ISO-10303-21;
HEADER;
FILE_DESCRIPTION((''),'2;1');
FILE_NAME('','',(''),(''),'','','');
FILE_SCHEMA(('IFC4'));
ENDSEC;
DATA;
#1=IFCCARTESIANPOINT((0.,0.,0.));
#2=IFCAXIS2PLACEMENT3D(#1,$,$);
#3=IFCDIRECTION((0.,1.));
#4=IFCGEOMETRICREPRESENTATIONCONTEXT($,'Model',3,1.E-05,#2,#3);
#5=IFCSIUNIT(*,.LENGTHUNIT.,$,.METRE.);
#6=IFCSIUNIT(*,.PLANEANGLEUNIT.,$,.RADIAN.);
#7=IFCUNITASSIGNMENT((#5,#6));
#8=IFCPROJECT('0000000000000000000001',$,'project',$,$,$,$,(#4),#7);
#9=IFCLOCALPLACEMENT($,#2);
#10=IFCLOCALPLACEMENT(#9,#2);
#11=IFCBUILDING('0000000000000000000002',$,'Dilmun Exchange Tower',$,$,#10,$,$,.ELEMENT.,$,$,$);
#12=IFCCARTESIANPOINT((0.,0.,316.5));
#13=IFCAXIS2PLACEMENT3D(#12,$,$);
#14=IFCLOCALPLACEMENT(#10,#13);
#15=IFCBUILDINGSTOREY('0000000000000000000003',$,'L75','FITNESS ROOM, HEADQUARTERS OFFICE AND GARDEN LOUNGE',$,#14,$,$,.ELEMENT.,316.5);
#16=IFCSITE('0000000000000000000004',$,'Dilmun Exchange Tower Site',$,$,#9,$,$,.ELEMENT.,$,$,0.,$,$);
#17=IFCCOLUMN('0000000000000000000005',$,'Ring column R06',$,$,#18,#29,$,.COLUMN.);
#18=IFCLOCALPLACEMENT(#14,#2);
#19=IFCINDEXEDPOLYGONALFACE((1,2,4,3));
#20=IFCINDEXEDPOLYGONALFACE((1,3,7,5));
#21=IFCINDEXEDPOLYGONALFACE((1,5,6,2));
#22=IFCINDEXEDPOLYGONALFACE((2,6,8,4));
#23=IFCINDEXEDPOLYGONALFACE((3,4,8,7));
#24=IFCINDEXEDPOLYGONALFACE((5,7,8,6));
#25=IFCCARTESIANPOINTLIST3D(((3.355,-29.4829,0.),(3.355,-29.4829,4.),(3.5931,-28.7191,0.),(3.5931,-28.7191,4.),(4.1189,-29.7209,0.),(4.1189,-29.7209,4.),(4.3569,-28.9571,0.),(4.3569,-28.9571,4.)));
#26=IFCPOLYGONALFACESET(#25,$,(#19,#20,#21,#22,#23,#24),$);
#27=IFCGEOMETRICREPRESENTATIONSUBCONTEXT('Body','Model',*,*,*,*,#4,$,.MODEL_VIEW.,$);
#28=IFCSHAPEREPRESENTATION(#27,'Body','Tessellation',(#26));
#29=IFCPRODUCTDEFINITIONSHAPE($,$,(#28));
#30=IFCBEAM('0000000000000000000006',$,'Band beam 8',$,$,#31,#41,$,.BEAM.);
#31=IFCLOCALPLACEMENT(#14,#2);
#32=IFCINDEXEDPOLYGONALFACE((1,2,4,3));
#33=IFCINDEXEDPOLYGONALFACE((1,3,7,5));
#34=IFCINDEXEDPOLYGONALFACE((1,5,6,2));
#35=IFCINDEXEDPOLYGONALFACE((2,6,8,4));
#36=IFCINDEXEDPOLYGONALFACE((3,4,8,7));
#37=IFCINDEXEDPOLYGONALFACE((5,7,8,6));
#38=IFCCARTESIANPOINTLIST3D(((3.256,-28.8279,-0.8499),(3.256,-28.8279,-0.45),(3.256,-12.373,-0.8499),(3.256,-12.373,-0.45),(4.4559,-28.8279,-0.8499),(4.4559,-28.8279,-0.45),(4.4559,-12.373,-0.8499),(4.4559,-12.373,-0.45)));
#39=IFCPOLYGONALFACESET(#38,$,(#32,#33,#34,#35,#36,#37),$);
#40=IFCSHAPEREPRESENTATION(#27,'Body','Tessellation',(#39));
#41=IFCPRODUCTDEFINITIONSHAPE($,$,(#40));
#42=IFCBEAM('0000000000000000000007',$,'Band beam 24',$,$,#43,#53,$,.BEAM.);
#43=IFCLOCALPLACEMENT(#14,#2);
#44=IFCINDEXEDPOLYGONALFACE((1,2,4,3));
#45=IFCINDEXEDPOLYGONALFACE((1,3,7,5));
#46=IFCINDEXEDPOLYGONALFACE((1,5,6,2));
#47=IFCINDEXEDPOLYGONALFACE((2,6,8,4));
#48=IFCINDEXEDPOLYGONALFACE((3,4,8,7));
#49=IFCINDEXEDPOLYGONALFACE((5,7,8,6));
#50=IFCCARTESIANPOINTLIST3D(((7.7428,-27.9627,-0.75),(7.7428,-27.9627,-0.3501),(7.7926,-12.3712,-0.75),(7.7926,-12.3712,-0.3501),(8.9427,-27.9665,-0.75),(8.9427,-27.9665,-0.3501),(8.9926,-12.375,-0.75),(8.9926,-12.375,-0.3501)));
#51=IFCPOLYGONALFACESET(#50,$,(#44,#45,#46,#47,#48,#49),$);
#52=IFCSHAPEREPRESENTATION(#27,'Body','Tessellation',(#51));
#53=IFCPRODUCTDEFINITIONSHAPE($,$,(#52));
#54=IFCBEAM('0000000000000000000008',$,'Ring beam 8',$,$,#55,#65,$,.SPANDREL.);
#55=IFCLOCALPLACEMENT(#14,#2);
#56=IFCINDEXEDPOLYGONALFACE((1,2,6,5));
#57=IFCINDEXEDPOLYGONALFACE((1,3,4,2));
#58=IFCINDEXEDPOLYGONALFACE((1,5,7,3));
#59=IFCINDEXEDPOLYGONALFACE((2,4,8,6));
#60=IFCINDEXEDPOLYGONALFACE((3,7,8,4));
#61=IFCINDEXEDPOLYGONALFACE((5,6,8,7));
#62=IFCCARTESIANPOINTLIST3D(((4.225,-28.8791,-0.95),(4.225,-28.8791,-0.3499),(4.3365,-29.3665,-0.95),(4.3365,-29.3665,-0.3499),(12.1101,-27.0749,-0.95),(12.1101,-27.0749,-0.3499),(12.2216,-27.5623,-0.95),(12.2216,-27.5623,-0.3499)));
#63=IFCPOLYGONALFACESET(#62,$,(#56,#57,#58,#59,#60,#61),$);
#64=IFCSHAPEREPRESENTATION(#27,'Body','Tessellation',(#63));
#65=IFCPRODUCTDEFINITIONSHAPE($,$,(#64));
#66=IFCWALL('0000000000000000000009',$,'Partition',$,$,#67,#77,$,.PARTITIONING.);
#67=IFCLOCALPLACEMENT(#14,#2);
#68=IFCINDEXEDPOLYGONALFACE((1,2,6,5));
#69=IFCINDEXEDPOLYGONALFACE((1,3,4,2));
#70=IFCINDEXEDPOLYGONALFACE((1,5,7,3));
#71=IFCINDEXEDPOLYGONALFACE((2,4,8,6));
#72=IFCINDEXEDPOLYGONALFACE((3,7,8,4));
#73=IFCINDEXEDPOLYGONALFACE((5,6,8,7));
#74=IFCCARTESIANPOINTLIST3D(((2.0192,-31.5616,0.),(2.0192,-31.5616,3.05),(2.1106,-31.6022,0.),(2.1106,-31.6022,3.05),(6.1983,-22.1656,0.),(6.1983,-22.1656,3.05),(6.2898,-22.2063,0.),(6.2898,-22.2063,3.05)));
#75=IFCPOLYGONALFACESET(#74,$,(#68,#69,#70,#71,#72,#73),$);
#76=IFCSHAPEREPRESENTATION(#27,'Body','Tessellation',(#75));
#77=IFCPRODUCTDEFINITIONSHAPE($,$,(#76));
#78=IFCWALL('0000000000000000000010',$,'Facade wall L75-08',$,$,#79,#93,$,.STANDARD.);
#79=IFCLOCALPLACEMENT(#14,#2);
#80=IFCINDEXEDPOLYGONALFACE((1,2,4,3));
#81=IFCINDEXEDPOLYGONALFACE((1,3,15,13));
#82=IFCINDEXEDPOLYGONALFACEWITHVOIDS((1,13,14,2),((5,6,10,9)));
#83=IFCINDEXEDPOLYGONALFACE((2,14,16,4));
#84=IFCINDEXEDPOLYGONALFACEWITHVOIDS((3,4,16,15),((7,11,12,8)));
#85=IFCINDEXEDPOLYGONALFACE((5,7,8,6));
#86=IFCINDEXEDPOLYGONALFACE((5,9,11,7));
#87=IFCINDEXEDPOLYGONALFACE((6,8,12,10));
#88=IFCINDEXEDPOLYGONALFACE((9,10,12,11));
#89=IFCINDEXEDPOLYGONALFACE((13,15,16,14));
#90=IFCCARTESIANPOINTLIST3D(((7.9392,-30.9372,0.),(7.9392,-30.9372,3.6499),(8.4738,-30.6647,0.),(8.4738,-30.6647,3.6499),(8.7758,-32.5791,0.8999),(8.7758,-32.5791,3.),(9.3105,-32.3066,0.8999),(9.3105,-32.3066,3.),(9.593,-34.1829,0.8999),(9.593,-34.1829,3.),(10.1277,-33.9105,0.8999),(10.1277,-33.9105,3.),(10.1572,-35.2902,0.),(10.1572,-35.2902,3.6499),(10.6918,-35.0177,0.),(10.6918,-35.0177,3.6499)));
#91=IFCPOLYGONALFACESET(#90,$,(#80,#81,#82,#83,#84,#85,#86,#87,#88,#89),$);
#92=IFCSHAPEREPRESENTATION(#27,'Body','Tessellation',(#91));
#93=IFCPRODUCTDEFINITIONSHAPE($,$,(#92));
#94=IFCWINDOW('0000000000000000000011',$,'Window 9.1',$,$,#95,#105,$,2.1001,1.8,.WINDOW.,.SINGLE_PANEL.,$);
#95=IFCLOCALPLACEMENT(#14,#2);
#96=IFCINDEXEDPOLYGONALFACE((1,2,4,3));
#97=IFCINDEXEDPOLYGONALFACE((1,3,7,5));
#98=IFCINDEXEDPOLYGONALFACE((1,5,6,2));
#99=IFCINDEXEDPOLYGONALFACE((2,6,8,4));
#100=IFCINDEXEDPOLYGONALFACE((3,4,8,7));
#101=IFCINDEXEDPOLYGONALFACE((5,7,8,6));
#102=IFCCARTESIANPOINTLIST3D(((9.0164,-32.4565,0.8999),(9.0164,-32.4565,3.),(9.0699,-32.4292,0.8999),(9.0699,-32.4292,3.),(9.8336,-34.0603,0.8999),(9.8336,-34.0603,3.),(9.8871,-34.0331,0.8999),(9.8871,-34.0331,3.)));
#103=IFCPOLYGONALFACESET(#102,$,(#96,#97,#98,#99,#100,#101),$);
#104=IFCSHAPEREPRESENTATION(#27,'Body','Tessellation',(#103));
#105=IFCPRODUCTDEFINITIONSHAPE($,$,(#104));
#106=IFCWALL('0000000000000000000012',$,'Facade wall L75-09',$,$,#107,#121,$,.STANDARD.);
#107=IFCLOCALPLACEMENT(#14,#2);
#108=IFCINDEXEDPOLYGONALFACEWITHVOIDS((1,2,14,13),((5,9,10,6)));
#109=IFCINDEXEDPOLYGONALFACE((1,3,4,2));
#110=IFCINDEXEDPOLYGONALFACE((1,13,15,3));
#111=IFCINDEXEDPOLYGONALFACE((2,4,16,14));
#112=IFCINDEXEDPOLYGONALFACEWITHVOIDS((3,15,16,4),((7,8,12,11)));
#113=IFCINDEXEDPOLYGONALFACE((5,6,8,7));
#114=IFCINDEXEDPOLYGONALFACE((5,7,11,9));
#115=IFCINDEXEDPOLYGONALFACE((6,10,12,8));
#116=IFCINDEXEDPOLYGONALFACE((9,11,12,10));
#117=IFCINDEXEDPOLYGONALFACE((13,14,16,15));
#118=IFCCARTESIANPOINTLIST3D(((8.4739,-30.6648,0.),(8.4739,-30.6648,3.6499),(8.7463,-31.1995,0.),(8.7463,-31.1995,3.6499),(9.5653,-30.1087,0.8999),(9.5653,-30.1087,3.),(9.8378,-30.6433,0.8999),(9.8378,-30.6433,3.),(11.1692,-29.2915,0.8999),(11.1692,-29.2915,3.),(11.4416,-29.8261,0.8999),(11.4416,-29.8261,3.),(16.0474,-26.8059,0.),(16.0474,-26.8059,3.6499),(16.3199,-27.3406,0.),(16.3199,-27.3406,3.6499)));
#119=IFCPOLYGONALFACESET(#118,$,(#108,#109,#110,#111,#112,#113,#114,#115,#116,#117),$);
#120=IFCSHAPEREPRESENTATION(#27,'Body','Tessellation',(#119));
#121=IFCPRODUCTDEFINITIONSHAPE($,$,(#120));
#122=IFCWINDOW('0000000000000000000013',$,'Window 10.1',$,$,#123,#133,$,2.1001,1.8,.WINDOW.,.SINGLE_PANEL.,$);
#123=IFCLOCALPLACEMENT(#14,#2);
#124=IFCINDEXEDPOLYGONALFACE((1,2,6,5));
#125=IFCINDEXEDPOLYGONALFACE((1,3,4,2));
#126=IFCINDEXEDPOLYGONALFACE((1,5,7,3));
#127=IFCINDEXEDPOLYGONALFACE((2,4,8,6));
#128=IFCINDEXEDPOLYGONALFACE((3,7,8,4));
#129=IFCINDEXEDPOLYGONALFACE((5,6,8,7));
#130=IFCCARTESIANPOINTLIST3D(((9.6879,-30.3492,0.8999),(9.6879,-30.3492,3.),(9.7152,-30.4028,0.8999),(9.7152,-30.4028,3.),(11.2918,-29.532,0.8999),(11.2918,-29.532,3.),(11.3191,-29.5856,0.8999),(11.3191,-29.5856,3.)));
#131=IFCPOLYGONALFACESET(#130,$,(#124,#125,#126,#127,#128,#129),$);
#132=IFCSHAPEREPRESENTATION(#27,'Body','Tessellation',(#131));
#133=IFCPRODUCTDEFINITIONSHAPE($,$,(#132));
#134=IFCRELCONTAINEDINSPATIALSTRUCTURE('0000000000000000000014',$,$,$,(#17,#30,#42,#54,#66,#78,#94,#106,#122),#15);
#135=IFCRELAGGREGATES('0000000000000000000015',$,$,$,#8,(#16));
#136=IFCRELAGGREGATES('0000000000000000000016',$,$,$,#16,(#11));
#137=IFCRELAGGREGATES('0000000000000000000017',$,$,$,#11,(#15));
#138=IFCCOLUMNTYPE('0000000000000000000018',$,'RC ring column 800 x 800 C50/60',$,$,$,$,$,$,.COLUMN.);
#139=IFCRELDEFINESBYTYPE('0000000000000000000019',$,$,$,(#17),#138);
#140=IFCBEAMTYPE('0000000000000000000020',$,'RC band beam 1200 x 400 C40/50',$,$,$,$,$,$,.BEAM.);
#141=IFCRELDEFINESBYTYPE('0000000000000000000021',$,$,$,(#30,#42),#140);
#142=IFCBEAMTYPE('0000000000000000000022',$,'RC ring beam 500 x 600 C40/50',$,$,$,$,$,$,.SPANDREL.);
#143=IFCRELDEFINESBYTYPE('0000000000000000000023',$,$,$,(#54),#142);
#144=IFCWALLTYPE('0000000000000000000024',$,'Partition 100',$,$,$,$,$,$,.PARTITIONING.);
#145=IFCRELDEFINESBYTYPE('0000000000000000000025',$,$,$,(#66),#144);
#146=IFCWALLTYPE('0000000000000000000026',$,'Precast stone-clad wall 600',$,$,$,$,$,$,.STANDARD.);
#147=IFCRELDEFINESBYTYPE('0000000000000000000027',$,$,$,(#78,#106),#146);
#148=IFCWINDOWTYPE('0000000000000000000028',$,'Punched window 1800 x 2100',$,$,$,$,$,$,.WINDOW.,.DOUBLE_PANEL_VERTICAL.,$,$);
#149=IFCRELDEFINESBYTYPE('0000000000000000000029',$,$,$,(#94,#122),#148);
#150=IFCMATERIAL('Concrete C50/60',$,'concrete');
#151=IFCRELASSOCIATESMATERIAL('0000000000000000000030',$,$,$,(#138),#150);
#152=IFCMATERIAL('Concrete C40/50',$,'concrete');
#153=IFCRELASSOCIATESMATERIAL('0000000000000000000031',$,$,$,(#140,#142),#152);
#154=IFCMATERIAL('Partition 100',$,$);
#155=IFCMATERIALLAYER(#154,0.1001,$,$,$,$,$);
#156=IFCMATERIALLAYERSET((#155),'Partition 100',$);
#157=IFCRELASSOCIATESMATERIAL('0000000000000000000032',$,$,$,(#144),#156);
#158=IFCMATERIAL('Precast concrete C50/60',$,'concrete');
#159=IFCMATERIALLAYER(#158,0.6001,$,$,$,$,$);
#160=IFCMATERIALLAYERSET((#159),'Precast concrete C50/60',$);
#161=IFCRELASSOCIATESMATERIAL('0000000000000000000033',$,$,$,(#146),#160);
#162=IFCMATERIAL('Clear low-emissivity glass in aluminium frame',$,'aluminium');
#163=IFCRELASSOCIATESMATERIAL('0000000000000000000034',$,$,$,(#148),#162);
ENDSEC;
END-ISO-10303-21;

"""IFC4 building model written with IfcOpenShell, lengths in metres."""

from ifc_helpers import new_model, si_unit, direction, frame, frame_2d, origin, origin_2d, place, context, subcontext, project, spatial, rectangle, extrude, material, layer, layer_set, material_profile, profile_set, type_object, element, fill, save


model = new_model("IFC4")

# Units and contexts
model_context = context("Model", 3, precision=1e-05, world=origin(), true_north=direction((0.0, 1.0)))
body_context = subcontext(model_context, "Body", "Model", "MODEL_VIEW")
ifc_project = project(units=[si_unit("LENGTHUNIT", "METRE"), si_unit("PLANEANGLEUNIT", "RADIAN")], contexts=[model_context])

# Site, building, storey
site_placement = place(None, origin())
site = spatial("IfcSite", under=ifc_project, at=site_placement, Name="Dilmun Exchange Tower Site", CompositionType="ELEMENT", RefElevation=0.0)
building_placement = place(site_placement, origin())
building = spatial("IfcBuilding", under=site, at=building_placement, Name="Dilmun Exchange Tower", CompositionType="ELEMENT")
storey_placement = place(building_placement, frame((0.0, 0.0, 316.5)))
storey = spatial("IfcBuildingStorey", under=building, at=storey_placement, Name="L75", Description="FITNESS ROOM, HEADQUARTERS OFFICE AND GARDEN LOUNGE", CompositionType="ELEMENT", Elevation=316.5)

# Column
ifc_material_1 = material(Name="Concrete C50/60", Category="concrete")
ifc_material_profile_1 = material_profile(ifc_material_1, rectangle(XDim=0.8, YDim=0.8, at=origin_2d()), Name="800 x 800")
ifc_profile_set_1 = profile_set([ifc_material_profile_1], Name="Concrete C50/60")
column_type = type_object("IfcColumnType", Name="RC ring column 800 x 800 C50/60", PredefinedType="COLUMN", material=ifc_profile_set_1)
column_placement = place(storey_placement, frame((3.856, -29.22, 0.0), z_axis=(0.0, 0.0, 1.0), x_axis=(0.297503, 0.954721, 0.0)))
element("IfcColumn", 1, at=column_placement, inside=storey, type_object=column_type, Name="Ring column R06", PredefinedType="COLUMN", context=body_context, shape_type="SweptSolid", body=[
    extrude(rectangle(XDim=0.8, YDim=0.8, at=origin_2d()), origin(), (0.0, 0.0, 1.0), 4.0),
])

# Beams
ifc_material_2 = material(Name="Concrete C40/50", Category="concrete")
ifc_material_profile_2 = material_profile(ifc_material_2, rectangle(XDim=1.2, YDim=0.3999, at=origin_2d()), Name="1200 x 400")
ifc_profile_set_2 = profile_set([ifc_material_profile_2], Name="Concrete C40/50")
beam_type_1 = type_object("IfcBeamType", Name="RC band beam 1200 x 400 C40/50", PredefinedType="BEAM", material=ifc_profile_set_2)
beam_1_placement = place(storey_placement, frame((3.856, -28.8279, -0.6499), z_axis=(0.0, 1.0, 0.0), x_axis=(-1.0, 0.0, 0.0)))
element("IfcBeam", 2, at=beam_1_placement, inside=storey, type_object=beam_type_1, Name="Band beam 8", PredefinedType="BEAM", context=body_context, shape_type="SweptSolid", body=[
    extrude(rectangle(XDim=1.2, YDim=0.3999, at=origin_2d()), origin(), (0.0, 0.0, 1.0), 16.4548),
])
beam_2_placement = place(storey_placement, frame((8.3428, -27.9646, -0.55), z_axis=(0.003194, 0.999995, 0.0), x_axis=(-0.999995, 0.003194, 0.0)))
element("IfcBeam", 3, at=beam_2_placement, inside=storey, type_object=beam_type_1, Name="Band beam 24", PredefinedType="BEAM", context=body_context, shape_type="SweptSolid", body=[
    extrude(rectangle(XDim=1.2, YDim=0.3999, at=origin_2d()), origin(), (0.0, 0.0, 1.0), 15.5916),
])
ifc_material_profile_3 = material_profile(ifc_material_2, rectangle(XDim=0.5, YDim=0.6001, at=origin_2d()), Name="500 x 600")
ifc_profile_set_3 = profile_set([ifc_material_profile_3], Name="Concrete C40/50")
beam_type_2 = type_object("IfcBeamType", Name="RC ring beam 500 x 600 C40/50", PredefinedType="SPANDREL", material=ifc_profile_set_3)
beam_3_placement = place(storey_placement, frame((4.2808, -29.1228, -0.6499), z_axis=(0.974807, 0.223049, 0.0), x_axis=(-0.223049, 0.974807, 0.0)))
element("IfcBeam", 4, at=beam_3_placement, inside=storey, type_object=beam_type_2, Name="Ring beam 8", PredefinedType="SPANDREL", context=body_context, shape_type="SweptSolid", body=[
    extrude(rectangle(XDim=0.5, YDim=0.6001, at=origin_2d()), origin(), (0.0, 0.0, 1.0), 8.0889),
])

# Wall
ifc_material_3 = material(Name="Partition 100")
ifc_layer_1 = layer(ifc_material_3, 0.1001)
ifc_layer_set_1 = layer_set([ifc_layer_1], Name="Partition 100")
wall_type_1 = type_object("IfcWallType", Name="Partition 100", PredefinedType="PARTITIONING", material=ifc_layer_set_1)
wall_1_placement = place(storey_placement, frame((2.0649, -31.5818, 0.0), z_axis=(0.0, 0.0, 1.0), x_axis=(0.406398, 0.913696, 0.0)))
element("IfcWall", 5, at=wall_1_placement, inside=storey, type_object=wall_type_1, Name="Partition", PredefinedType="PARTITIONING", context=body_context, shape_type="SweptSolid", body=[
    extrude(rectangle(XDim=10.2834, YDim=0.1001, at=frame_2d((5.1416, 0.0))), origin(), (0.0, 0.0, 1.0), 3.05),
])

# Walls, openings, windows
ifc_material_4 = material(Name="Precast concrete C50/60", Category="concrete")
ifc_layer_2 = layer(ifc_material_4, 0.6001)
ifc_layer_set_2 = layer_set([ifc_layer_2], Name="Precast concrete C50/60")
wall_type_2 = type_object("IfcWallType", Name="Precast stone-clad wall 600", PredefinedType="STANDARD", material=ifc_layer_set_2)
wall_2_placement = place(storey_placement, frame((10.4246, -35.1541, 0.0), z_axis=(0.0, 0.0, 1.0), x_axis=(-0.453997, 0.891003, 0.0)))
wall_2 = element("IfcWall", 6, at=wall_2_placement, inside=storey, type_object=wall_type_2, Name="Facade wall L75-08", PredefinedType="STANDARD", context=body_context, shape_type="SweptSolid", body=[
    extrude(rectangle(XDim=4.8855, YDim=0.6001, at=frame_2d((2.4429, 0.0))), origin(), (0.0, 0.0, 1.0), 3.6499),
])
opening_1_placement = place(wall_2_placement, frame((1.2429, 0.0, 0.8999)))
opening_1 = element("IfcOpeningElement", 7, at=opening_1_placement, cuts=wall_2, PredefinedType="OPENING", context=body_context, shape_type="SweptSolid", body=[
    extrude(rectangle(XDim=1.8, YDim=2.1001, at=frame_2d((0.8999, 1.05))), frame((0.0, 0.3101, 0.0), z_axis=(0.0, -1.0, 0.0), x_axis=(1.0, 0.0, 0.0)), (0.0, 0.0, 1.0), 0.6201),
])
ifc_material_5 = material(Name="Clear low-emissivity glass in aluminium frame", Category="aluminium")
window_type = type_object("IfcWindowType", Name="Punched window 1800 x 2100", PartitioningType="DOUBLE_PANEL_VERTICAL", PredefinedType="WINDOW", material=ifc_material_5)
window_1_placement = place(opening_1_placement, origin())
window_1 = element("IfcWindow", 8, at=window_1_placement, inside=storey, type_object=window_type, Name="Window 9.1", OverallHeight=2.1001, OverallWidth=1.8, PartitioningType="SINGLE_PANEL", PredefinedType="WINDOW", context=body_context, shape_type="SweptSolid", body=[
    extrude(rectangle(XDim=1.8, YDim=2.1001, at=frame_2d((0.8999, 1.05))), frame((0.0, 0.03, 0.0), z_axis=(0.0, -1.0, 0.0), x_axis=(1.0, 0.0, 0.0)), (0.0, 0.0, 1.0), 0.0601),
])
fill(opening_1, window_1)
wall_3_placement = place(storey_placement, frame((8.6101, -30.9321, 0.0), z_axis=(0.0, 0.0, 1.0), x_axis=(0.891006, 0.453991, 0.0)))
wall_3 = element("IfcWall", 9, at=wall_3_placement, inside=storey, type_object=wall_type_2, Name="Facade wall L75-09", PredefinedType="STANDARD", context=body_context, shape_type="SweptSolid", body=[
    extrude(rectangle(XDim=8.5, YDim=0.6001, at=frame_2d((4.25, 0.0))), origin(), (0.0, 0.0, 1.0), 3.6499),
])
opening_2_placement = place(wall_3_placement, frame((1.2251, 0.0, 0.8999)))
opening_2 = element("IfcOpeningElement", 10, at=opening_2_placement, cuts=wall_3, PredefinedType="OPENING", context=body_context, shape_type="SweptSolid", body=[
    extrude(rectangle(XDim=1.8, YDim=2.1001, at=frame_2d((0.8999, 1.05))), frame((0.0, 0.3101, 0.0), z_axis=(0.0, -1.0, 0.0), x_axis=(1.0, 0.0, 0.0)), (0.0, 0.0, 1.0), 0.6201),
])
window_2_placement = place(opening_2_placement, origin())
window_2 = element("IfcWindow", 11, at=window_2_placement, inside=storey, type_object=window_type, Name="Window 10.1", OverallHeight=2.1001, OverallWidth=1.8, PartitioningType="SINGLE_PANEL", PredefinedType="WINDOW", context=body_context, shape_type="SweptSolid", body=[
    extrude(rectangle(XDim=1.8, YDim=2.1001, at=frame_2d((0.8999, 1.05))), frame((0.0, 0.03, 0.0), z_axis=(0.0, -1.0, 0.0), x_axis=(1.0, 0.0, 0.0)), (0.0, 0.0, 1.0), 0.0601),
])
fill(opening_2, window_2)

save(model, "model.ifc")
